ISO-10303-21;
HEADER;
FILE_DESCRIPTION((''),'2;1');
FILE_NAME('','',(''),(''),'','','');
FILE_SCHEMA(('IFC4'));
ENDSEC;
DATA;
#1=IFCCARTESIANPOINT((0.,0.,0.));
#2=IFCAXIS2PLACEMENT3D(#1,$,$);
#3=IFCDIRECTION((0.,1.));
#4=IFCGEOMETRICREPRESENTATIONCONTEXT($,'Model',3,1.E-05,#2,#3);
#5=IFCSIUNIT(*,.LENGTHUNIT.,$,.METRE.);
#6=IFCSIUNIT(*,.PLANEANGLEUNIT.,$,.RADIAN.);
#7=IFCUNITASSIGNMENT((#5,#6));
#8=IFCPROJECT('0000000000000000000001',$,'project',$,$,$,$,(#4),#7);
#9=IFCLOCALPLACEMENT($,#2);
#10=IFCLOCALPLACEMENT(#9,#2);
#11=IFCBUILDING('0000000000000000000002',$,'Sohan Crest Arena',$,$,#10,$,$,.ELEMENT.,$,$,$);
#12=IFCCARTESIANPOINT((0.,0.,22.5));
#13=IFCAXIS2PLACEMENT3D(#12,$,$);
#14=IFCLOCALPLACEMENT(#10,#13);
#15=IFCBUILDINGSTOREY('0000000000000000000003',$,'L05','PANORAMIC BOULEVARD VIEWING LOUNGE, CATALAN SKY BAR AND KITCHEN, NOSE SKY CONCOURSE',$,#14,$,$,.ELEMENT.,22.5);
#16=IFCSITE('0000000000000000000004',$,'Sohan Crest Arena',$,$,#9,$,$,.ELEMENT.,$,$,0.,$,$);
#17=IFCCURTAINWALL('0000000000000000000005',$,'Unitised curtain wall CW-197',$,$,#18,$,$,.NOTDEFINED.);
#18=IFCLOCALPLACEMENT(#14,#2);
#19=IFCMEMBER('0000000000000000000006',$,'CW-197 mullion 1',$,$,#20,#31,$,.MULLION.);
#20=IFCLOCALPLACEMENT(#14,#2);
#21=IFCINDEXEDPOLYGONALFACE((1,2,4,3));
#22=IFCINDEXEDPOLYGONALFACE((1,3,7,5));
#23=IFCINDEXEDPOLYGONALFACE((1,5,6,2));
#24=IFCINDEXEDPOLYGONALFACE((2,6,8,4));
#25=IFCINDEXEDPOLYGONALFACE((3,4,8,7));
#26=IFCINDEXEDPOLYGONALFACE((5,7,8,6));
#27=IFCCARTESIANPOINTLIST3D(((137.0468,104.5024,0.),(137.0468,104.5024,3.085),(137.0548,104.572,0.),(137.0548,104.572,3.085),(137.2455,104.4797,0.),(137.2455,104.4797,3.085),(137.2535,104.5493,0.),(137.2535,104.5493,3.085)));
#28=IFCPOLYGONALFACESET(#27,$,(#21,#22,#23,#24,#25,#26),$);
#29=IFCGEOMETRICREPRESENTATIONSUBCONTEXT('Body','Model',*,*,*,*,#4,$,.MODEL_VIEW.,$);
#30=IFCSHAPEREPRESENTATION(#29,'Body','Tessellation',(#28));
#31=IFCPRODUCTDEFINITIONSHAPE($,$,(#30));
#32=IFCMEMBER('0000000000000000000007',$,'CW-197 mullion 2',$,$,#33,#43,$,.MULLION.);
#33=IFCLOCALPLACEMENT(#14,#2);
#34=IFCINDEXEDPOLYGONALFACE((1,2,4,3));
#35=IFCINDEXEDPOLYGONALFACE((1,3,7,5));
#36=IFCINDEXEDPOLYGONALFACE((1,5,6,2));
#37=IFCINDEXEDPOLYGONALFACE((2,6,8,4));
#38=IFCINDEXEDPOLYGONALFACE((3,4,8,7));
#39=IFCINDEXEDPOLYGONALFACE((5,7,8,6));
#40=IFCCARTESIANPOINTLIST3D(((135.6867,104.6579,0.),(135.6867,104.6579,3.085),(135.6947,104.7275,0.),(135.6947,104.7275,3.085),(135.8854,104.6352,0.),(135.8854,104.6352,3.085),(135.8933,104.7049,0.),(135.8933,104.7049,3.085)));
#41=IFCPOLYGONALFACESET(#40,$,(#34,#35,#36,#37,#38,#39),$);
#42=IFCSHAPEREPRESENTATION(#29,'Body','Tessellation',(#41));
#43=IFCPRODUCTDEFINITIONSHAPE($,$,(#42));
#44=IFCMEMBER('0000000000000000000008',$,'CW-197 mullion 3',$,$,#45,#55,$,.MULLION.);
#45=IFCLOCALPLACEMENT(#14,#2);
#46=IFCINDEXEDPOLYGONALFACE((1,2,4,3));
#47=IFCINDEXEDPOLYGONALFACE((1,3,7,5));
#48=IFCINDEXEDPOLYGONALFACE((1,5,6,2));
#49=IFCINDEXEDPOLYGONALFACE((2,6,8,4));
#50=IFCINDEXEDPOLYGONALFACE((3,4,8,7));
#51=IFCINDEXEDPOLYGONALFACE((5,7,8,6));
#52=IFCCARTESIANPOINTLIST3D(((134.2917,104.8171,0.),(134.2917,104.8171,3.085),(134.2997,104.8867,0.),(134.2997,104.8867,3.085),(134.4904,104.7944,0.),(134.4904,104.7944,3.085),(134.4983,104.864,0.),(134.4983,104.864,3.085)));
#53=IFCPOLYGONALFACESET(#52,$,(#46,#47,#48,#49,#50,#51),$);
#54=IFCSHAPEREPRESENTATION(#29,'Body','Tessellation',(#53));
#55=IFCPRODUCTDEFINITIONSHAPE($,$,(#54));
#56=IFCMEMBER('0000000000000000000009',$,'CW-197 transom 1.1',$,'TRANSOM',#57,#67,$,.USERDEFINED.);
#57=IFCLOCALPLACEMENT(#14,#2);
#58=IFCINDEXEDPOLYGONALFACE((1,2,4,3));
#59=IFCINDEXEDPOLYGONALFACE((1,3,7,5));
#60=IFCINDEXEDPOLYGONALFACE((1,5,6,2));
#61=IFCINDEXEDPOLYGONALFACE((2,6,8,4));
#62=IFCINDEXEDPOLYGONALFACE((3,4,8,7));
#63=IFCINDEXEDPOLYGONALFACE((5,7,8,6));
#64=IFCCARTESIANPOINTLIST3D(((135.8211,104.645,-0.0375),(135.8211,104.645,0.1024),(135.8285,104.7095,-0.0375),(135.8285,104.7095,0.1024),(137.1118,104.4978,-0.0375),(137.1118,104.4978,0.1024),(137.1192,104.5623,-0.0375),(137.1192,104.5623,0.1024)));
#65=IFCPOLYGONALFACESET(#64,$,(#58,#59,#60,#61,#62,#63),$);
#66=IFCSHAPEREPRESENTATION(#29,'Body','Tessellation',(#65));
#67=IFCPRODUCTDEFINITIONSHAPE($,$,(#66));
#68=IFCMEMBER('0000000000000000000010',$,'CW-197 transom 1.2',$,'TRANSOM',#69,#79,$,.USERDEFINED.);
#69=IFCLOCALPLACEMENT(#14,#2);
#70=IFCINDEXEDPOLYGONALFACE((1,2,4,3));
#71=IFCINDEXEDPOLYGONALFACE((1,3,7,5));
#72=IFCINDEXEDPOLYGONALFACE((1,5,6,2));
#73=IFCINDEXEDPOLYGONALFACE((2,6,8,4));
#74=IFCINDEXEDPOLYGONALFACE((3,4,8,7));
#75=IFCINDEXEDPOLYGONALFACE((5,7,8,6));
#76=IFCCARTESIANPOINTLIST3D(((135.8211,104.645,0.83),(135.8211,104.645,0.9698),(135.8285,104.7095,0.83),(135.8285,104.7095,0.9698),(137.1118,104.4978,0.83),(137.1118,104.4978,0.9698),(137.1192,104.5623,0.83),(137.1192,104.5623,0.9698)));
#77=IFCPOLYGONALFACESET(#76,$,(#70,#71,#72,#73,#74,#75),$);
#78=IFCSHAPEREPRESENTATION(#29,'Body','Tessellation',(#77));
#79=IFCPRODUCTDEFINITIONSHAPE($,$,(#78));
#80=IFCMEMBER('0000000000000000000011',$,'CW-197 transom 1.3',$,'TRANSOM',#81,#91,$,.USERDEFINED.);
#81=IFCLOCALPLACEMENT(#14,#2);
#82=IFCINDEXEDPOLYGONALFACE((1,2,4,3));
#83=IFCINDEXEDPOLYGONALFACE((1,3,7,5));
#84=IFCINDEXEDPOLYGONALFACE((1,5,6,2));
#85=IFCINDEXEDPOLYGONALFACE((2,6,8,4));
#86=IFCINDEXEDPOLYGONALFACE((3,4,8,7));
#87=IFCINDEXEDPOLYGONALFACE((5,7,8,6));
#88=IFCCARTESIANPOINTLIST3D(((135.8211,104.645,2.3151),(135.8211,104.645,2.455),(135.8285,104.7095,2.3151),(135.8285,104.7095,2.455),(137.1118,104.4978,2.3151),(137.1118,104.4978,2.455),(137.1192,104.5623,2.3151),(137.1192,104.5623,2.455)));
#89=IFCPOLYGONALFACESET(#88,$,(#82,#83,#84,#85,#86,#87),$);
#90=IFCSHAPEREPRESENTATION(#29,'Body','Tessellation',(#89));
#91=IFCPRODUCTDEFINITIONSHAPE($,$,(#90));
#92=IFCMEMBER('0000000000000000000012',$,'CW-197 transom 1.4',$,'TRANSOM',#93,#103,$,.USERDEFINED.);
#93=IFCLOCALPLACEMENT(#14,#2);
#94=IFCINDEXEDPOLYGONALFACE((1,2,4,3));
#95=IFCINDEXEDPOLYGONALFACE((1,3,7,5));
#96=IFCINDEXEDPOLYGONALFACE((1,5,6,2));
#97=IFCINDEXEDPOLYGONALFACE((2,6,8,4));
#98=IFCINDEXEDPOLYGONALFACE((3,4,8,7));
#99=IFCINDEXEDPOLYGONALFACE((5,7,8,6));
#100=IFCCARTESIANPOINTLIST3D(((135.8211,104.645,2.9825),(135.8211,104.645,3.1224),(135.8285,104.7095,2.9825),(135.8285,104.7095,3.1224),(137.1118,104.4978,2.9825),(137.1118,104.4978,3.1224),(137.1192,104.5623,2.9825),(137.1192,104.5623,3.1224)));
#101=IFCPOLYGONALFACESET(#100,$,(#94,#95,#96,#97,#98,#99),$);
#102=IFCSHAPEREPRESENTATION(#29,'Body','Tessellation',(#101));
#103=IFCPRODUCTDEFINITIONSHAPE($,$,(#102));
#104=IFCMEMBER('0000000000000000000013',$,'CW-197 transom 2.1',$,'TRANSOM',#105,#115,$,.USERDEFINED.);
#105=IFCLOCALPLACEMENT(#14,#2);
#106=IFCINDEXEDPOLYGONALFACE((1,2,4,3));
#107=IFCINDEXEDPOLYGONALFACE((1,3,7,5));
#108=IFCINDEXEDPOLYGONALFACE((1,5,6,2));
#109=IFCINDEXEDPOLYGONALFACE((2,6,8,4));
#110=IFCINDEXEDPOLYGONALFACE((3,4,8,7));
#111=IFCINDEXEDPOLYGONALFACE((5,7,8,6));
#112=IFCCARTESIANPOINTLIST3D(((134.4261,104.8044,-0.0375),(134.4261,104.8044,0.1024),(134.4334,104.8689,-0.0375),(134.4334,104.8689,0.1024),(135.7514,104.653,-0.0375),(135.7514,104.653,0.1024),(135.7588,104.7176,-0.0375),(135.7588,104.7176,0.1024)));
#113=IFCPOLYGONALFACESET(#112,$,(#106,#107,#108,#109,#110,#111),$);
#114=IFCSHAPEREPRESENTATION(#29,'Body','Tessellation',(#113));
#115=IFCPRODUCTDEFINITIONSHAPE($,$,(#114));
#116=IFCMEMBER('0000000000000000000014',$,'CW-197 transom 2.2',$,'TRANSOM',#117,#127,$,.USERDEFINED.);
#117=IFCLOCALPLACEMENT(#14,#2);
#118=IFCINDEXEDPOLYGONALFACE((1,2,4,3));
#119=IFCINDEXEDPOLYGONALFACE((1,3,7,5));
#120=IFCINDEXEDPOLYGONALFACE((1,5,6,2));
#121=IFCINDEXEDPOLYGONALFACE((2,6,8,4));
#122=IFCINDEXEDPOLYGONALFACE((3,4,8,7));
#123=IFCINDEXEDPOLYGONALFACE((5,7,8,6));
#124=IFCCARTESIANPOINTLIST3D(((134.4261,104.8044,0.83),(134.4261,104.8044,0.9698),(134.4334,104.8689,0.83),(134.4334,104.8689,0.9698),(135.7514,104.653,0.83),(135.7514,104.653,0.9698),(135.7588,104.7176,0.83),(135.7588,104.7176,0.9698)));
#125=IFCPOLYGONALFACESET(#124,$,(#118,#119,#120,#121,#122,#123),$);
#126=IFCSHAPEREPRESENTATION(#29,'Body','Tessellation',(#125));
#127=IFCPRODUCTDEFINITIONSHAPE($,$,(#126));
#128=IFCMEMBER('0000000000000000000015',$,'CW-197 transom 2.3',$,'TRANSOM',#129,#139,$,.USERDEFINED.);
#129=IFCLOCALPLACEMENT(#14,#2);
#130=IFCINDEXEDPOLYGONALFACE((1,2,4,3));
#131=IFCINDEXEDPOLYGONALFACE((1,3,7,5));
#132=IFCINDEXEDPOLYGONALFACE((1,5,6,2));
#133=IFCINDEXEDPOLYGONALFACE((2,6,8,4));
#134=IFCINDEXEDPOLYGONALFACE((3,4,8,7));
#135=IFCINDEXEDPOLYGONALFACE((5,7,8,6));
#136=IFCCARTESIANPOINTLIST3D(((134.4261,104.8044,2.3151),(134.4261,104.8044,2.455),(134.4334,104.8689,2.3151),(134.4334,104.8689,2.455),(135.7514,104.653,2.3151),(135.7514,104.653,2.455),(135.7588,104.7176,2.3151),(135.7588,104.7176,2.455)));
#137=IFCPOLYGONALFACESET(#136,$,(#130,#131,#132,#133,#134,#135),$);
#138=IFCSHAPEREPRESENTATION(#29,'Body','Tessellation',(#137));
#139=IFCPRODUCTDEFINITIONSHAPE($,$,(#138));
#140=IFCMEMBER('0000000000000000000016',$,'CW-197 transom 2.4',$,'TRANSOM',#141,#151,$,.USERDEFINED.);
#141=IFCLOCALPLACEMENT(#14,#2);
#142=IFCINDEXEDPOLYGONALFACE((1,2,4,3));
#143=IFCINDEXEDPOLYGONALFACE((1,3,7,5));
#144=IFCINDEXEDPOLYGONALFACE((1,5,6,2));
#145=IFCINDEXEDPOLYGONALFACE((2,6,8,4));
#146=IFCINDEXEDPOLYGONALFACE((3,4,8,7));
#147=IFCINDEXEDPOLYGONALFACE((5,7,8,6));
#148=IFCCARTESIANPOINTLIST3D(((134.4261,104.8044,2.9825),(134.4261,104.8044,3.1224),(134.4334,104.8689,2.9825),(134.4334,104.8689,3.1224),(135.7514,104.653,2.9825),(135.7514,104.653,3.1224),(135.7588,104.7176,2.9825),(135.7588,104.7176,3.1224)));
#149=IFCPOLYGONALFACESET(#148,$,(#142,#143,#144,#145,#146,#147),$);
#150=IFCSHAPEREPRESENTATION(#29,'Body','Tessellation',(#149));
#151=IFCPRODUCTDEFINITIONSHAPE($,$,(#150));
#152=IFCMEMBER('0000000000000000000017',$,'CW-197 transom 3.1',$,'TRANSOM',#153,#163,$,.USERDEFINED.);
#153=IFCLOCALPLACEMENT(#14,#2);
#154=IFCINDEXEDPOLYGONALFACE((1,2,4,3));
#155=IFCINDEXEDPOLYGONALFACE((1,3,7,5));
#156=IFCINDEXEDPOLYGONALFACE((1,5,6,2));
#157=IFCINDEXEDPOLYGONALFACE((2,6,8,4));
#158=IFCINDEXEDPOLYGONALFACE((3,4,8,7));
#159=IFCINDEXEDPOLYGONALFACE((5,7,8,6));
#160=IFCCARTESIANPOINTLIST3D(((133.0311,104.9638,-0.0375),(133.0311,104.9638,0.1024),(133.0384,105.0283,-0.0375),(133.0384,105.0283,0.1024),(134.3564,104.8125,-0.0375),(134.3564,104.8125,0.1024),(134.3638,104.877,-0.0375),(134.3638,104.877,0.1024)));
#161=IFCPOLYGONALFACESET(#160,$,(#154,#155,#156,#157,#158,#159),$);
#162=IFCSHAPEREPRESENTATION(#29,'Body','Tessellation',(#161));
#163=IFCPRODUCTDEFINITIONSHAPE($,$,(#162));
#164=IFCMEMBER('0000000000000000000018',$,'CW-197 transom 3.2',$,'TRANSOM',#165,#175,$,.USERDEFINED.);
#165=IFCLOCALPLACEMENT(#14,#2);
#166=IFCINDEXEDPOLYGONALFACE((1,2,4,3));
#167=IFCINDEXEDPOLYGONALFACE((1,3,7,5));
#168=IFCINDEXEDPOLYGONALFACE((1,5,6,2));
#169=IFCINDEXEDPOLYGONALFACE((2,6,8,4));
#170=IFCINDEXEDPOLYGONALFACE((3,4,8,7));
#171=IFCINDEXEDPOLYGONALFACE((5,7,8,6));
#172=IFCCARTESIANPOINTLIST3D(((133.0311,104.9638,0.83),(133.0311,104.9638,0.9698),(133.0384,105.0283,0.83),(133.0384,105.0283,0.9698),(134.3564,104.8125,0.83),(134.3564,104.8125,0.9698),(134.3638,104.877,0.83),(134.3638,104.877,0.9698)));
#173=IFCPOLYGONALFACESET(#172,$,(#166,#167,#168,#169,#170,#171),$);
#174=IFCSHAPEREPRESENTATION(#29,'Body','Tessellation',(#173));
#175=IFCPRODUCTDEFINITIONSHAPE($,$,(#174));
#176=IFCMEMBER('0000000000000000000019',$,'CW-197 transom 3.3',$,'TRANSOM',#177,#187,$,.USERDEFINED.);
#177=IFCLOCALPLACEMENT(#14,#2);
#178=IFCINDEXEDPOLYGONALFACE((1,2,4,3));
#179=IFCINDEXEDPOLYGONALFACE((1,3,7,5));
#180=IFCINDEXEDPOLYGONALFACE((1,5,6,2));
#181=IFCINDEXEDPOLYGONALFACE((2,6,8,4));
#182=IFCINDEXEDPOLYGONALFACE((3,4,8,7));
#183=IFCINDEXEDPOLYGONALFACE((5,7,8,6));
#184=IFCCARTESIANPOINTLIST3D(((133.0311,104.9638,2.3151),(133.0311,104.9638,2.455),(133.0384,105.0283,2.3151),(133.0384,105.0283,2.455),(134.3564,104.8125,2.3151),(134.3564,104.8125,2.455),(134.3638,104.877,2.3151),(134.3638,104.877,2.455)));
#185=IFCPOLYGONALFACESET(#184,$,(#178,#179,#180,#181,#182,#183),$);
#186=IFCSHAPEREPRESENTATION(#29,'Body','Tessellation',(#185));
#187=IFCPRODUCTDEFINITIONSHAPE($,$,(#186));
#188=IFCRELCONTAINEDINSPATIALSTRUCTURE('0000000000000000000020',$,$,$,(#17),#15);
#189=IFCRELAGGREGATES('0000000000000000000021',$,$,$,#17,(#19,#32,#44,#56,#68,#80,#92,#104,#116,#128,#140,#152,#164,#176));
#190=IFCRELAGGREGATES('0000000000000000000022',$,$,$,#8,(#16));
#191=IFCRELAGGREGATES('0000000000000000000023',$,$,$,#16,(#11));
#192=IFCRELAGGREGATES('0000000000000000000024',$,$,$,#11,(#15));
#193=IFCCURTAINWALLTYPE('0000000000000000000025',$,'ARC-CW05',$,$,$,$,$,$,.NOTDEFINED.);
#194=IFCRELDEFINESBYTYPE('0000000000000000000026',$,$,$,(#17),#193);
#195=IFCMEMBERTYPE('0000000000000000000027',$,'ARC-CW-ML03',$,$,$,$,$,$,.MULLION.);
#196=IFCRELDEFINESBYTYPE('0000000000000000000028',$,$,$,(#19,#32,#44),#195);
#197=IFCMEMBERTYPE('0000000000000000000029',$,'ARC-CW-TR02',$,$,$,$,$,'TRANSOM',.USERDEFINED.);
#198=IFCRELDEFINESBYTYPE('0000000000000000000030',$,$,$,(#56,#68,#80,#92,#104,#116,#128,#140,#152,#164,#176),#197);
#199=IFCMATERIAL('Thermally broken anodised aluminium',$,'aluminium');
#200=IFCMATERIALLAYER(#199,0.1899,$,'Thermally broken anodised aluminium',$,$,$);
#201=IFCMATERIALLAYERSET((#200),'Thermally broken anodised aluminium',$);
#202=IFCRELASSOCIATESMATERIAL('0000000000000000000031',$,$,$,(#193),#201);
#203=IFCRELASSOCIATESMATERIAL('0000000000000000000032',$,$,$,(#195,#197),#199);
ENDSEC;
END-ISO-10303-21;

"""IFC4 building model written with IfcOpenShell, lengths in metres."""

from ifc_helpers import new_model, si_unit, direction, frame, origin, origin_2d, place, context, subcontext, project, spatial, rectangle, extrude, material, layer, layer_set, material_profile, profile_set, type_object, element, aggregate, save


model = new_model("IFC4")

# Units and contexts
model_context = context("Model", 3, precision=1e-05, world=origin(), true_north=direction((0.0, 1.0)))
body_context = subcontext(model_context, "Body", "Model", "MODEL_VIEW")
ifc_project = project(units=[si_unit("LENGTHUNIT", "METRE"), si_unit("PLANEANGLEUNIT", "RADIAN")], contexts=[model_context])

# Site, building, storey
site_placement = place(None, origin())
site = spatial("IfcSite", under=ifc_project, at=site_placement, Name="Sohan Crest Arena", CompositionType="ELEMENT", RefElevation=0.0)
building_placement = place(site_placement, origin())
building = spatial("IfcBuilding", under=site, at=building_placement, Name="Sohan Crest Arena", CompositionType="ELEMENT")
storey_placement = place(building_placement, frame((0.0, 0.0, 22.5)))
storey = spatial("IfcBuildingStorey", under=building, at=storey_placement, Name="L05", Description="PANORAMIC BOULEVARD VIEWING LOUNGE, CATALAN SKY BAR AND KITCHEN, NOSE SKY CONCOURSE", CompositionType="ELEMENT", Elevation=22.5)

# Curtain wall, members
ifc_material_1 = material(Name="Thermally broken anodised aluminium", Category="aluminium")
ifc_layer_1 = layer(ifc_material_1, 0.1899, Name="Thermally broken anodised aluminium")
ifc_layer_set_1 = layer_set([ifc_layer_1], Name="Thermally broken anodised aluminium")
curtain_wall_type = type_object("IfcCurtainWallType", Name="ARC-CW05", PredefinedType="NOTDEFINED", material=ifc_layer_set_1)
curtain_wall_placement = place(storey_placement, origin())
curtain_wall = element("IfcCurtainWall", 1, at=curtain_wall_placement, inside=storey, type_object=curtain_wall_type, Name="Unitised curtain wall CW-197", PredefinedType="NOTDEFINED")
ifc_material_profile_1 = material_profile(ifc_material_1, rectangle(XDim=0.0701, YDim=0.2, at=origin_2d()), Name="ALU-MULL 70x200")
ifc_profile_set_1 = profile_set([ifc_material_profile_1], Name="Thermally broken anodised aluminium")
member_type_1 = type_object("IfcMemberType", Name="ARC-CW-ML03", PredefinedType="MULLION", material=ifc_profile_set_1)
member_1_placement = place(storey_placement, frame((137.1501, 104.5259, 0.0), z_axis=(0.0, 0.0, 1.0), x_axis=(-0.11348, -0.99354, 0.0)))
member_1 = element("IfcMember", 2, at=member_1_placement, type_object=member_type_1, Name="CW-197 mullion 1", PredefinedType="MULLION", context=body_context, shape_type="SweptSolid", body=[
    extrude(rectangle(XDim=0.0701, YDim=0.2, at=origin_2d()), origin(), (0.0, 0.0, 1.0), 3.085),
])
member_2_placement = place(storey_placement, frame((135.79, 104.6814, 0.0), z_axis=(0.0, 0.0, 1.0), x_axis=(-0.11348, -0.99354, 0.0)))
member_2 = element("IfcMember", 3, at=member_2_placement, type_object=member_type_1, Name="CW-197 mullion 2", PredefinedType="MULLION", context=body_context, shape_type="SweptSolid", body=[
    extrude(rectangle(XDim=0.0701, YDim=0.2, at=origin_2d()), origin(), (0.0, 0.0, 1.0), 3.085),
])
member_3_placement = place(storey_placement, frame((134.395, 104.8406, 0.0), z_axis=(0.0, 0.0, 1.0), x_axis=(-0.11348, -0.99354, 0.0)))
member_3 = element("IfcMember", 4, at=member_3_placement, type_object=member_type_1, Name="CW-197 mullion 3", PredefinedType="MULLION", context=body_context, shape_type="SweptSolid", body=[
    extrude(rectangle(XDim=0.0701, YDim=0.2, at=origin_2d()), origin(), (0.0, 0.0, 1.0), 3.085),
])
ifc_material_profile_2 = material_profile(ifc_material_1, rectangle(XDim=0.0649, YDim=0.1399, at=origin_2d()), Name="ALU-TRAN 65x140")
ifc_profile_set_2 = profile_set([ifc_material_profile_2], Name="Thermally broken anodised aluminium")
member_type_2 = type_object("IfcMemberType", Name="ARC-CW-TR02", ElementType="TRANSOM", PredefinedType="USERDEFINED", material=ifc_profile_set_2)
member_4_placement = place(storey_placement, frame((137.1155, 104.53, 0.0325), z_axis=(-0.993559, 0.113319, 0.0), x_axis=(-0.113319, -0.993559, 0.0)))
member_4 = element("IfcMember", 5, at=member_4_placement, type_object=member_type_2, Name="CW-197 transom 1.1", ObjectType="TRANSOM", PredefinedType="USERDEFINED", context=body_context, shape_type="SweptSolid", body=[
    extrude(rectangle(XDim=0.0649, YDim=0.1399, at=origin_2d()), origin(), (0.0, 0.0, 1.0), 1.2991),
])
member_5_placement = place(storey_placement, frame((137.1155, 104.53, 0.8999), z_axis=(-0.993559, 0.113319, 0.0), x_axis=(-0.113319, -0.993559, 0.0)))
member_5 = element("IfcMember", 6, at=member_5_placement, type_object=member_type_2, Name="CW-197 transom 1.2", ObjectType="TRANSOM", PredefinedType="USERDEFINED", context=body_context, shape_type="SweptSolid", body=[
    extrude(rectangle(XDim=0.0649, YDim=0.1399, at=origin_2d()), origin(), (0.0, 0.0, 1.0), 1.2991),
])
member_6_placement = place(storey_placement, frame((137.1155, 104.53, 2.385), z_axis=(-0.993559, 0.113319, 0.0), x_axis=(-0.113319, -0.993559, 0.0)))
member_6 = element("IfcMember", 7, at=member_6_placement, type_object=member_type_2, Name="CW-197 transom 1.3", ObjectType="TRANSOM", PredefinedType="USERDEFINED", context=body_context, shape_type="SweptSolid", body=[
    extrude(rectangle(XDim=0.0649, YDim=0.1399, at=origin_2d()), origin(), (0.0, 0.0, 1.0), 1.2991),
])
member_7_placement = place(storey_placement, frame((137.1155, 104.53, 3.0525), z_axis=(-0.993559, 0.113319, 0.0), x_axis=(-0.113319, -0.993559, 0.0)))
member_7 = element("IfcMember", 8, at=member_7_placement, type_object=member_type_2, Name="CW-197 transom 1.4", ObjectType="TRANSOM", PredefinedType="USERDEFINED", context=body_context, shape_type="SweptSolid", body=[
    extrude(rectangle(XDim=0.0649, YDim=0.1399, at=origin_2d()), origin(), (0.0, 0.0, 1.0), 1.2991),
])
member_8_placement = place(storey_placement, frame((135.7551, 104.6853, 0.0325), z_axis=(-0.993542, 0.113464, 0.0), x_axis=(-0.113464, -0.993542, 0.0)))
member_8 = element("IfcMember", 9, at=member_8_placement, type_object=member_type_2, Name="CW-197 transom 2.1", ObjectType="TRANSOM", PredefinedType="USERDEFINED", context=body_context, shape_type="SweptSolid", body=[
    extrude(rectangle(XDim=0.0649, YDim=0.1399, at=origin_2d()), origin(), (0.0, 0.0, 1.0), 1.334),
])
member_9_placement = place(storey_placement, frame((135.7551, 104.6853, 0.8999), z_axis=(-0.993542, 0.113464, 0.0), x_axis=(-0.113464, -0.993542, 0.0)))
member_9 = element("IfcMember", 10, at=member_9_placement, type_object=member_type_2, Name="CW-197 transom 2.2", ObjectType="TRANSOM", PredefinedType="USERDEFINED", context=body_context, shape_type="SweptSolid", body=[
    extrude(rectangle(XDim=0.0649, YDim=0.1399, at=origin_2d()), origin(), (0.0, 0.0, 1.0), 1.334),
])
member_10_placement = place(storey_placement, frame((135.7551, 104.6853, 2.385), z_axis=(-0.993542, 0.113464, 0.0), x_axis=(-0.113464, -0.993542, 0.0)))
member_10 = element("IfcMember", 11, at=member_10_placement, type_object=member_type_2, Name="CW-197 transom 2.3", ObjectType="TRANSOM", PredefinedType="USERDEFINED", context=body_context, shape_type="SweptSolid", body=[
    extrude(rectangle(XDim=0.0649, YDim=0.1399, at=origin_2d()), origin(), (0.0, 0.0, 1.0), 1.334),
])
member_11_placement = place(storey_placement, frame((135.7551, 104.6853, 3.0525), z_axis=(-0.993542, 0.113464, 0.0), x_axis=(-0.113464, -0.993542, 0.0)))
member_11 = element("IfcMember", 12, at=member_11_placement, type_object=member_type_2, Name="CW-197 transom 2.4", ObjectType="TRANSOM", PredefinedType="USERDEFINED", context=body_context, shape_type="SweptSolid", body=[
    extrude(rectangle(XDim=0.0649, YDim=0.1399, at=origin_2d()), origin(), (0.0, 0.0, 1.0), 1.334),
])
member_12_placement = place(storey_placement, frame((134.3601, 104.8447, 0.0325), z_axis=(-0.993542, 0.113464, 0.0), x_axis=(-0.113464, -0.993542, 0.0)))
member_12 = element("IfcMember", 13, at=member_12_placement, type_object=member_type_2, Name="CW-197 transom 3.1", ObjectType="TRANSOM", PredefinedType="USERDEFINED", context=body_context, shape_type="SweptSolid", body=[
    extrude(rectangle(XDim=0.0649, YDim=0.1399, at=origin_2d()), origin(), (0.0, 0.0, 1.0), 1.334),
])
member_13_placement = place(storey_placement, frame((134.3601, 104.8447, 0.8999), z_axis=(-0.993542, 0.113464, 0.0), x_axis=(-0.113464, -0.993542, 0.0)))
member_13 = element("IfcMember", 14, at=member_13_placement, type_object=member_type_2, Name="CW-197 transom 3.2", ObjectType="TRANSOM", PredefinedType="USERDEFINED", context=body_context, shape_type="SweptSolid", body=[
    extrude(rectangle(XDim=0.0649, YDim=0.1399, at=origin_2d()), origin(), (0.0, 0.0, 1.0), 1.334),
])
member_14_placement = place(storey_placement, frame((134.3601, 104.8447, 2.385), z_axis=(-0.993542, 0.113464, 0.0), x_axis=(-0.113464, -0.993542, 0.0)))
member_14 = element("IfcMember", 15, at=member_14_placement, type_object=member_type_2, Name="CW-197 transom 3.3", ObjectType="TRANSOM", PredefinedType="USERDEFINED", context=body_context, shape_type="SweptSolid", body=[
    extrude(rectangle(XDim=0.0649, YDim=0.1399, at=origin_2d()), origin(), (0.0, 0.0, 1.0), 1.334),
])
aggregate(curtain_wall, [member_1, member_2, member_3, member_4, member_5, member_6, member_7, member_8, member_9, member_10, member_11, member_12, member_13, member_14])

save(model, "model.ifc")
